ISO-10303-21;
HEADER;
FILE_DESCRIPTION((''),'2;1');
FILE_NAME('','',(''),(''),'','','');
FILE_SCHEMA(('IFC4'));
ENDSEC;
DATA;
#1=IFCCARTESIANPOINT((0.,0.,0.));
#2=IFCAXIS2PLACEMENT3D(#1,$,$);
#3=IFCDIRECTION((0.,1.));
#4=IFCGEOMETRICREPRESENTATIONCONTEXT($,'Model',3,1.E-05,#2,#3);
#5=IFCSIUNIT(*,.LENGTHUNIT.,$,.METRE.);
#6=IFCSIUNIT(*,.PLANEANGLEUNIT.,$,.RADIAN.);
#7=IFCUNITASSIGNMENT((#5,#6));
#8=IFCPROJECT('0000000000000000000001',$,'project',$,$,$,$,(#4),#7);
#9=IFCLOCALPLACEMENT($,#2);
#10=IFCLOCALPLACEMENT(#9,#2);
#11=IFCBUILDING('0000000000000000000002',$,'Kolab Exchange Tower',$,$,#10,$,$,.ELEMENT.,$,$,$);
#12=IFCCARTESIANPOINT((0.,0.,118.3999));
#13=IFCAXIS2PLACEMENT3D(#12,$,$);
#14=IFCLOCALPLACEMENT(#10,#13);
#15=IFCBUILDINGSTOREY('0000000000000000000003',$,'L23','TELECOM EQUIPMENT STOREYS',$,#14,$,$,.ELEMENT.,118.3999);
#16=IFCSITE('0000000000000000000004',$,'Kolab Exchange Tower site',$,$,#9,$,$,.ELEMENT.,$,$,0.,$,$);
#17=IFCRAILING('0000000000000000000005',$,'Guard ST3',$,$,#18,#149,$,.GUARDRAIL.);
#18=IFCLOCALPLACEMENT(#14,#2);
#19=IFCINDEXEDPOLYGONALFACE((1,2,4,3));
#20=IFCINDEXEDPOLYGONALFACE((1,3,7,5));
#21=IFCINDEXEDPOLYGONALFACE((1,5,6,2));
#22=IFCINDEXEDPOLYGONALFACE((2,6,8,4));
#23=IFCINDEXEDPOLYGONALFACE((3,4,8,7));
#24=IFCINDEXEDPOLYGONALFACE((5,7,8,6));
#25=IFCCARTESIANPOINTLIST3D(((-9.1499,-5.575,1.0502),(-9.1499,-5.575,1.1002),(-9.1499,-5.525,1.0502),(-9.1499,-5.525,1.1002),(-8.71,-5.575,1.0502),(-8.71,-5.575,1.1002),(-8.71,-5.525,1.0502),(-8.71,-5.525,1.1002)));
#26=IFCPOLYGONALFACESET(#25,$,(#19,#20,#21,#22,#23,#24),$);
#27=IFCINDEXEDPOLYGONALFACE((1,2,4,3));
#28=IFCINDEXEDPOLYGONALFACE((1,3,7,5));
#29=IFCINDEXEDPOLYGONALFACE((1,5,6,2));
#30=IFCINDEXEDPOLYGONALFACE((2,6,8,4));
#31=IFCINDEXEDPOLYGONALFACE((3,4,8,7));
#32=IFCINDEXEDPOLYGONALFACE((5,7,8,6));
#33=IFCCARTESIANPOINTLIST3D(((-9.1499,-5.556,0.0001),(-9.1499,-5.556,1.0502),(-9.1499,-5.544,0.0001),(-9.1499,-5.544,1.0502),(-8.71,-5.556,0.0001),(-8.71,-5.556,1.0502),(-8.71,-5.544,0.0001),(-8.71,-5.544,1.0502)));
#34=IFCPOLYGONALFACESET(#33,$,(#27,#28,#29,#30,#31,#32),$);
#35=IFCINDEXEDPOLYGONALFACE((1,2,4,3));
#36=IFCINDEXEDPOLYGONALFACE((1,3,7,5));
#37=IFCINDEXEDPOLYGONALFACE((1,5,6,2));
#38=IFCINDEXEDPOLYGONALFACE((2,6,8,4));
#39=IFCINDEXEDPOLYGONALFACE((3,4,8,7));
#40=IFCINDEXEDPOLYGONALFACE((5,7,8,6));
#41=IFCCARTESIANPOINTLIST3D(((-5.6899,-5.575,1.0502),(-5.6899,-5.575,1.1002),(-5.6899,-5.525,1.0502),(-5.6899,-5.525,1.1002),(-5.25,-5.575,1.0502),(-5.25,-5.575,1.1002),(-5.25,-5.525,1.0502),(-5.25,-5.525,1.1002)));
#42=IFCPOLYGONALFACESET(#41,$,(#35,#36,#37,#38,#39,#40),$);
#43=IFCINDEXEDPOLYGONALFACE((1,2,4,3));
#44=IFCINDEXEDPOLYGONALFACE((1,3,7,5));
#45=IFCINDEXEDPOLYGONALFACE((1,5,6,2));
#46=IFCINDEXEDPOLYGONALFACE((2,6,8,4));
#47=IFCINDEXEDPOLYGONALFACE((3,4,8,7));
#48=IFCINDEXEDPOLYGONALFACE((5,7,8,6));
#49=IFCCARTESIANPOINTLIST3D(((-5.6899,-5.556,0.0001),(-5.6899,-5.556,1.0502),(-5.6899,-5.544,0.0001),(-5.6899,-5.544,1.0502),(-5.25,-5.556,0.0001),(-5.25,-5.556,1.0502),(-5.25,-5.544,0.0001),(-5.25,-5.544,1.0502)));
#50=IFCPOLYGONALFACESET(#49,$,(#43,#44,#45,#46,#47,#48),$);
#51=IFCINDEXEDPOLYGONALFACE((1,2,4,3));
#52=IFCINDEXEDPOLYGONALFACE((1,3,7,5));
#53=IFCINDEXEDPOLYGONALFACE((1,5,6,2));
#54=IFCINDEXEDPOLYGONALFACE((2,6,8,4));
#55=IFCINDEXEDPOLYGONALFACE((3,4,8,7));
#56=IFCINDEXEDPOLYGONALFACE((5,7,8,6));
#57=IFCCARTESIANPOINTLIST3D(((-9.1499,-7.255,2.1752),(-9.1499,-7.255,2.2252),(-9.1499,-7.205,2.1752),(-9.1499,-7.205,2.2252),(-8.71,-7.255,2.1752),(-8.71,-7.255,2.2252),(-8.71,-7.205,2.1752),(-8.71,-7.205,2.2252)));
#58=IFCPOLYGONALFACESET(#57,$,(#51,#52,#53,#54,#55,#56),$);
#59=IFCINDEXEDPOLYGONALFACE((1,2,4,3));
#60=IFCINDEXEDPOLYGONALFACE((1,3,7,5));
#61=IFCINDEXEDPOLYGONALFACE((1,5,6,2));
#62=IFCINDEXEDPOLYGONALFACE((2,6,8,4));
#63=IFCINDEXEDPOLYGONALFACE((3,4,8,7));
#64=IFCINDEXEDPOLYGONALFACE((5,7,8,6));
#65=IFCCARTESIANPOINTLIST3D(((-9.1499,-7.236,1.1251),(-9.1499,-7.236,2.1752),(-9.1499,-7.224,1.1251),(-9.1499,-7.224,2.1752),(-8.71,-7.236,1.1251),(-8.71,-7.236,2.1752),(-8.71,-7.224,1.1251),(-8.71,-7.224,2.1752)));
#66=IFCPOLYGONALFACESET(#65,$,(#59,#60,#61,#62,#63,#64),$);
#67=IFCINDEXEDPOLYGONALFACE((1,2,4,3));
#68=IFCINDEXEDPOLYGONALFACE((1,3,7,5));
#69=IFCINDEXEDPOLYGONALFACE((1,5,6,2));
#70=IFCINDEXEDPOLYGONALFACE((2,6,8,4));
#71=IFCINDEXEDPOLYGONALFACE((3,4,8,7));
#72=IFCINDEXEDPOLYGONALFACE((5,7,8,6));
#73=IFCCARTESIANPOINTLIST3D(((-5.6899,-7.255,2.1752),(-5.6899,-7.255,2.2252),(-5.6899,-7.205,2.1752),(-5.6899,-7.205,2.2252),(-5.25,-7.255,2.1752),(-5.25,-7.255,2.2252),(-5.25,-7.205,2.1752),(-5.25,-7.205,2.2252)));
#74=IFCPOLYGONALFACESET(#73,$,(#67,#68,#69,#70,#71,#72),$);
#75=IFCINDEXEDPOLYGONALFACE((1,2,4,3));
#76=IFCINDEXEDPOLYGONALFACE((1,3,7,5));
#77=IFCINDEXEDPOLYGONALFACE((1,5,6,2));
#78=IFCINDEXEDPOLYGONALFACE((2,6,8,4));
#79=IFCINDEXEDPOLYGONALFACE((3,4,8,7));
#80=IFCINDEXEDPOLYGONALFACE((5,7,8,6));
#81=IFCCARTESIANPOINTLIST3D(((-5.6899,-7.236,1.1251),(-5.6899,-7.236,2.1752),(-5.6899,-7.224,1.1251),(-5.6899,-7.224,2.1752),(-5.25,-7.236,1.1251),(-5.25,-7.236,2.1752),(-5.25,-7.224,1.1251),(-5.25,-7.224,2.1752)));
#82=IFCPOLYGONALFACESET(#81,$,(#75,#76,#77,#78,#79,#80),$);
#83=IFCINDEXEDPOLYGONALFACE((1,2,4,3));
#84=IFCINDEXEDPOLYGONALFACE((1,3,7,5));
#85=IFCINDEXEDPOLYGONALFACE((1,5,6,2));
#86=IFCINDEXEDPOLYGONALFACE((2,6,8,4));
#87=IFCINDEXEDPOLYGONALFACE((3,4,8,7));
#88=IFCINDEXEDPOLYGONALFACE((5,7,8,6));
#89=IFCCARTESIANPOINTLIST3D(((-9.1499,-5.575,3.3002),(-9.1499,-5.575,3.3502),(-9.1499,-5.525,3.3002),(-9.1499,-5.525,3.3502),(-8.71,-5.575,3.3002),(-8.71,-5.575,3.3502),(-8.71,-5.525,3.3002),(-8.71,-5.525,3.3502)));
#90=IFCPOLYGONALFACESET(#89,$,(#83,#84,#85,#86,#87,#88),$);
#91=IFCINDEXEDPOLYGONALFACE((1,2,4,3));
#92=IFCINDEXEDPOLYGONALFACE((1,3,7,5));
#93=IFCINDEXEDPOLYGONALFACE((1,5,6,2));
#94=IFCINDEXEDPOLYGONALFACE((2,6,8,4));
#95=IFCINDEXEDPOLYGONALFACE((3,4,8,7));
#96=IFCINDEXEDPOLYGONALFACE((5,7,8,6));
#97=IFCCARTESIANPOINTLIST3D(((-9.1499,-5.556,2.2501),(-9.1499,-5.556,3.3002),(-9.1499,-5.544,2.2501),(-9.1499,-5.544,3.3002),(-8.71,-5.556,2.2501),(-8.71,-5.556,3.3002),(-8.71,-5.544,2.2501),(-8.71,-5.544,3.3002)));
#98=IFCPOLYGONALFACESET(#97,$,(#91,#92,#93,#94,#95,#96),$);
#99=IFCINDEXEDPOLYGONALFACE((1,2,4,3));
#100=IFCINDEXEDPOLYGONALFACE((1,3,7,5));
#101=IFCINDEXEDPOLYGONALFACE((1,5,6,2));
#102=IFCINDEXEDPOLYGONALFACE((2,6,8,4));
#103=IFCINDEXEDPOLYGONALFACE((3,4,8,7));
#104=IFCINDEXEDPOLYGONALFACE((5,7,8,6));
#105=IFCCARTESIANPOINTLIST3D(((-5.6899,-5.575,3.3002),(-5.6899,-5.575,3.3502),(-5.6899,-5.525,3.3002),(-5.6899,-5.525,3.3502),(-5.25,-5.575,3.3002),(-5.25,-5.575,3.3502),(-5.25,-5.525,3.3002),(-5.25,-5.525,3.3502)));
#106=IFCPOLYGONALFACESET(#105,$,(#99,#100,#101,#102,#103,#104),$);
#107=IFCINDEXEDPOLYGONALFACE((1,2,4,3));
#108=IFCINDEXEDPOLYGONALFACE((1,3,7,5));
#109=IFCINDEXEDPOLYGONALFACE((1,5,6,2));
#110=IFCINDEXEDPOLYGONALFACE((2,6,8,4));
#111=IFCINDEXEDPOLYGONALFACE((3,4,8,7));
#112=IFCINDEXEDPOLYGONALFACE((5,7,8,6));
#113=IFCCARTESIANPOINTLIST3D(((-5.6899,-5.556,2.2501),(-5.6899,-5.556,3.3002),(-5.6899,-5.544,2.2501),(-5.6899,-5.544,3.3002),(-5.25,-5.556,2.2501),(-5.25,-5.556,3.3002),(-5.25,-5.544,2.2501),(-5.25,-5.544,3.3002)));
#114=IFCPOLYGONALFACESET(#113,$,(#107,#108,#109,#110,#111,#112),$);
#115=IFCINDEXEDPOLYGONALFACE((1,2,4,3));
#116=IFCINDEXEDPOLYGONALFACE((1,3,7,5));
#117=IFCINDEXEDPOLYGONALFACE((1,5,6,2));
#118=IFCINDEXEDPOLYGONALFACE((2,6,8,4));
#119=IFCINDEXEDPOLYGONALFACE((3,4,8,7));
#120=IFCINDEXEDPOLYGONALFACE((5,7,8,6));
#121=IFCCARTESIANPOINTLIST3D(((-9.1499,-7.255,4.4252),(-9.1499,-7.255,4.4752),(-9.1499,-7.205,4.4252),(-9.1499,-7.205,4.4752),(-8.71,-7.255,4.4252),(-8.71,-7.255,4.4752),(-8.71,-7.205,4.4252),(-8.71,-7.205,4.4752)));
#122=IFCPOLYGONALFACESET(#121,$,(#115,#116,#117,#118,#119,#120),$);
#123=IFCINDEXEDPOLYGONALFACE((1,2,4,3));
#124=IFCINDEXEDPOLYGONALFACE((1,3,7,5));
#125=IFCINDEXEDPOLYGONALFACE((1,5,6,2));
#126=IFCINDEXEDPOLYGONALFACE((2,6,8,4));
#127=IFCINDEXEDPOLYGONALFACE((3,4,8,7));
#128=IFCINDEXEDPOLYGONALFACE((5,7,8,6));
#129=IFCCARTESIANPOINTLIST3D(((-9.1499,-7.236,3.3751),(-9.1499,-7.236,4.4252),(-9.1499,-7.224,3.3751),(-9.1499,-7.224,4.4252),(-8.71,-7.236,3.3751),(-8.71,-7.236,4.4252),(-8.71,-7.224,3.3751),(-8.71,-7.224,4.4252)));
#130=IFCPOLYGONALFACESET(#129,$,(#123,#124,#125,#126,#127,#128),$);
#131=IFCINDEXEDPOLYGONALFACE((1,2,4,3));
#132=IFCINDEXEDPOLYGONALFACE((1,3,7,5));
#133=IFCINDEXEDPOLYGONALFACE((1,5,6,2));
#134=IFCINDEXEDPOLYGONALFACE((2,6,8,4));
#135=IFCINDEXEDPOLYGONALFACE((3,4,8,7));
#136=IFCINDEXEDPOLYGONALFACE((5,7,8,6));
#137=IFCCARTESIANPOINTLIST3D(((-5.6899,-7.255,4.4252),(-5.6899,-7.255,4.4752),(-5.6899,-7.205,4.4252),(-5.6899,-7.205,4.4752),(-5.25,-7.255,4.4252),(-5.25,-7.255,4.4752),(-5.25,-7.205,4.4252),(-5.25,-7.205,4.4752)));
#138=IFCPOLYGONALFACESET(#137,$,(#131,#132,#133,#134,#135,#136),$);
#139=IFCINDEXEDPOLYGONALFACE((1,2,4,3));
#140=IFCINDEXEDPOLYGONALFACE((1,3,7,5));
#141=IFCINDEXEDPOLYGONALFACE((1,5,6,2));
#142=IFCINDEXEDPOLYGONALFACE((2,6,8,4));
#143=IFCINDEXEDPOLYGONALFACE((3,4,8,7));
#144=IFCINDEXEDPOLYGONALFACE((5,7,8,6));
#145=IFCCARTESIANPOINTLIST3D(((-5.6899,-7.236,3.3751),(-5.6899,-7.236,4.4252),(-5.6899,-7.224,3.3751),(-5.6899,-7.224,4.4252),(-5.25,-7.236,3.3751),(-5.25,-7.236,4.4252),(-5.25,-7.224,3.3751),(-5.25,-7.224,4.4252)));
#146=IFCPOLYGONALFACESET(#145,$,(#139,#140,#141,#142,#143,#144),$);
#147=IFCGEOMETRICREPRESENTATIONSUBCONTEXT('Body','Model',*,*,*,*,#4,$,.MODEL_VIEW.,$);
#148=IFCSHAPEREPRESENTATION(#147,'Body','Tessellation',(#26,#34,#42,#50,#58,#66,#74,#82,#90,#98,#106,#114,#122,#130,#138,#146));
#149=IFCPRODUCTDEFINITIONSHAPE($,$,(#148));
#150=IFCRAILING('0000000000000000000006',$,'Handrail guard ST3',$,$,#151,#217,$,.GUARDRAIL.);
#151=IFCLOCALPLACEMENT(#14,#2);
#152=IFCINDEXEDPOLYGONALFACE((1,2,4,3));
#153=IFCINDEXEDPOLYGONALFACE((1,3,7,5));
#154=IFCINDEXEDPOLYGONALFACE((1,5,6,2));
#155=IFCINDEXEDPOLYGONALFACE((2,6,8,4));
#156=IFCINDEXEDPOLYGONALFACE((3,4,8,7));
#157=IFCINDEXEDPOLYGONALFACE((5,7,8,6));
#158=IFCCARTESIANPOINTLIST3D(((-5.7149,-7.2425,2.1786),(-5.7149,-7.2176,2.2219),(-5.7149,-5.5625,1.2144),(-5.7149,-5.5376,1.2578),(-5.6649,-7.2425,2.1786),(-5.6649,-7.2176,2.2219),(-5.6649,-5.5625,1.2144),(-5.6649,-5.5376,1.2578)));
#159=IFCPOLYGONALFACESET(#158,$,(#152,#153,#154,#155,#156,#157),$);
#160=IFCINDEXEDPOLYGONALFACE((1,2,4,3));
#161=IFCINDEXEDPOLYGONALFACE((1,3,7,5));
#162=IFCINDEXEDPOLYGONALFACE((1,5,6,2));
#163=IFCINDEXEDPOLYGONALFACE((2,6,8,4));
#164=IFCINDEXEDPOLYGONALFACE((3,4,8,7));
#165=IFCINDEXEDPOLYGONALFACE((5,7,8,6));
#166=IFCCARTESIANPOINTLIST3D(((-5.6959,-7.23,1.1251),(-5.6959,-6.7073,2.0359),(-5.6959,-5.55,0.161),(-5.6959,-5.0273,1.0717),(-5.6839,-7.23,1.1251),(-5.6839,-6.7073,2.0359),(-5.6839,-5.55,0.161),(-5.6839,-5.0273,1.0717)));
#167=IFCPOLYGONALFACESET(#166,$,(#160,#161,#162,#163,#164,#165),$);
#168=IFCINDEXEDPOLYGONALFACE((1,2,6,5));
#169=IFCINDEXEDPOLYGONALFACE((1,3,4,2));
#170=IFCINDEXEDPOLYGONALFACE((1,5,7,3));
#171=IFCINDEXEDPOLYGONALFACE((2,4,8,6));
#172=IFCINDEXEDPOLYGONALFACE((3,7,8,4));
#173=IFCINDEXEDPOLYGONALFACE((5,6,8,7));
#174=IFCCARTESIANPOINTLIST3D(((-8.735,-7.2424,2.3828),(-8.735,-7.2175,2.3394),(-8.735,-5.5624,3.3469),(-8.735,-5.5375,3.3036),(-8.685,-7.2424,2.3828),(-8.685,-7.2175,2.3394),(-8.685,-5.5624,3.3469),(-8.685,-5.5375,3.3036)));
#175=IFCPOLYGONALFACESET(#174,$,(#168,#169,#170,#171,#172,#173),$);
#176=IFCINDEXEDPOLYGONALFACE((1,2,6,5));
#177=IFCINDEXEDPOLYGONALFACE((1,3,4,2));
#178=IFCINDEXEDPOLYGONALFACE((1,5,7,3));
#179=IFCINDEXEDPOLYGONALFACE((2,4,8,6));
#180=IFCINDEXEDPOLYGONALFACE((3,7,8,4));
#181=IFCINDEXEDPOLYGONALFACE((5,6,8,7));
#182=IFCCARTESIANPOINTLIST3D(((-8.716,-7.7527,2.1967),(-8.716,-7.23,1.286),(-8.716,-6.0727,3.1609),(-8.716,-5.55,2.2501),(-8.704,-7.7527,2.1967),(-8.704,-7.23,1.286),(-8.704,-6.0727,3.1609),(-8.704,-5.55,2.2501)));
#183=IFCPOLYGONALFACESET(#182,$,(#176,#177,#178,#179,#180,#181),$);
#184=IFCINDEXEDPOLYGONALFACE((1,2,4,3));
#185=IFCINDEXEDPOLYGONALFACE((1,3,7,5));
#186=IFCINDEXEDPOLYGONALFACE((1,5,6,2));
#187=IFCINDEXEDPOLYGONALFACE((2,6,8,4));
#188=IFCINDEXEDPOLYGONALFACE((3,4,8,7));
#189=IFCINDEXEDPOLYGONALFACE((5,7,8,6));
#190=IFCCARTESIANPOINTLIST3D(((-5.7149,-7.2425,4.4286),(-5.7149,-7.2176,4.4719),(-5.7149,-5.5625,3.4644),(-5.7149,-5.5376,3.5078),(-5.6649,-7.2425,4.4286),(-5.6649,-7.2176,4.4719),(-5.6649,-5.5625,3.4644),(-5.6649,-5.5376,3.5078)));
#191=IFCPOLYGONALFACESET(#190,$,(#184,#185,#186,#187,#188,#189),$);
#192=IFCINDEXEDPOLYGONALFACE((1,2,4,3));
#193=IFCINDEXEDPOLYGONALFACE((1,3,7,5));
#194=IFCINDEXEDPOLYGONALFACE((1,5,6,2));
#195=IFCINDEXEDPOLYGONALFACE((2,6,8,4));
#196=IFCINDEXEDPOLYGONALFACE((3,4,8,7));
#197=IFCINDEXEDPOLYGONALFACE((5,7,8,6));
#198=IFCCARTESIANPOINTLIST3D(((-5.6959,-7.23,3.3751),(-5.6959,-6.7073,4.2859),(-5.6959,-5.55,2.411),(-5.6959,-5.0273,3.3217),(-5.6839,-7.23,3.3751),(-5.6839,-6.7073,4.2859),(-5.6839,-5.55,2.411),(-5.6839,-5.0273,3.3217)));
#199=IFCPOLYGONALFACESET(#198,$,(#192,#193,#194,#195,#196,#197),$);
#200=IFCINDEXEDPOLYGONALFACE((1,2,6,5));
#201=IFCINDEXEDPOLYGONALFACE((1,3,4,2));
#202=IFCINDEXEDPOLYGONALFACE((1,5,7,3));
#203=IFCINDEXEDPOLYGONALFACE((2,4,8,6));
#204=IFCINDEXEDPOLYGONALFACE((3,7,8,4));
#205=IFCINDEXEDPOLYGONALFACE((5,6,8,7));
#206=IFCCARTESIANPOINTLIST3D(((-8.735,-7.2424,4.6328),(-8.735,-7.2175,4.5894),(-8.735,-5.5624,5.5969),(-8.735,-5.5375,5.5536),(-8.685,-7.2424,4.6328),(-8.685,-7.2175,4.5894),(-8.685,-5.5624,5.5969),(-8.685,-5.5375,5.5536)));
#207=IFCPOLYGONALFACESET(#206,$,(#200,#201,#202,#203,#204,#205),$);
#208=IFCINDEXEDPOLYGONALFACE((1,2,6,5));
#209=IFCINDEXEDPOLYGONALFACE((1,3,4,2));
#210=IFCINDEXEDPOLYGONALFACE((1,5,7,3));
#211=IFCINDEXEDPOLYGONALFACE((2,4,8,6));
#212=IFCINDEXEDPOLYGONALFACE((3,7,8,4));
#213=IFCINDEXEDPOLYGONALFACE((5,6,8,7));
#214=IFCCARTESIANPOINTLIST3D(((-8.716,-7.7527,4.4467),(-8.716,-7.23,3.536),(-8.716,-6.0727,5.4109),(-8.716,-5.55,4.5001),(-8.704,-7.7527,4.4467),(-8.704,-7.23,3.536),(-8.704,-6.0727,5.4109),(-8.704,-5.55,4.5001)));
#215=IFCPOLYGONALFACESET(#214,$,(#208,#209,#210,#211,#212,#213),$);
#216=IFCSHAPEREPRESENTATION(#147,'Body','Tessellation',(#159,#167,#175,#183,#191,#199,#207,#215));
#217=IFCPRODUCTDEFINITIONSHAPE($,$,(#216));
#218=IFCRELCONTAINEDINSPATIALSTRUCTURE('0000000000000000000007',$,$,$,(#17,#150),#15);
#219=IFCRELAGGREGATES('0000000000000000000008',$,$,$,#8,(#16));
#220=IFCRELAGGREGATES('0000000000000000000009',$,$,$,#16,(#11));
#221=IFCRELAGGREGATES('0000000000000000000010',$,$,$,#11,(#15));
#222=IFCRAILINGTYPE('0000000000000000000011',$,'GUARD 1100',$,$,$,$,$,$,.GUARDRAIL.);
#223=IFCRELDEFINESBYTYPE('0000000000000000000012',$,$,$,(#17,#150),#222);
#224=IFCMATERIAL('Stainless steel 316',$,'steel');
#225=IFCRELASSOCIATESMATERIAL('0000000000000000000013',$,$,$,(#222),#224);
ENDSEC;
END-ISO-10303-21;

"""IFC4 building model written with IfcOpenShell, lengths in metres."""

from ifc_helpers import new_model, si_unit, direction, frame, frame_2d, origin, origin_2d, place, context, subcontext, project, spatial, rectangle, extrude, material, type_object, element, save


model = new_model("IFC4")

# Units and contexts
model_context = context("Model", 3, precision=1e-05, world=origin(), true_north=direction((0.0, 1.0)))
body_context = subcontext(model_context, "Body", "Model", "MODEL_VIEW")
ifc_project = project(units=[si_unit("LENGTHUNIT", "METRE"), si_unit("PLANEANGLEUNIT", "RADIAN")], contexts=[model_context])

# Site, building, storey
site_placement = place(None, origin())
site = spatial("IfcSite", under=ifc_project, at=site_placement, Name="Kolab Exchange Tower site", CompositionType="ELEMENT", RefElevation=0.0)
building_placement = place(site_placement, origin())
building = spatial("IfcBuilding", under=site, at=building_placement, Name="Kolab Exchange Tower", CompositionType="ELEMENT")
storey_placement = place(building_placement, frame((0.0, 0.0, 118.3999)))
storey = spatial("IfcBuildingStorey", under=building, at=storey_placement, Name="L23", Description="TELECOM EQUIPMENT STOREYS", CompositionType="ELEMENT", Elevation=118.3999)

# Shared definitions
ifc_material_1 = material(Name="Stainless steel 316", Category="steel")

# Railings
railing_type = type_object("IfcRailingType", Name="GUARD 1100", PredefinedType="GUARDRAIL", material=ifc_material_1)
railing_1_placement = place(storey_placement, frame((-9.1499, -5.55, 0.0)))
element("IfcRailing", 1, at=railing_1_placement, inside=storey, type_object=railing_type, Name="Guard ST3", PredefinedType="GUARDRAIL", context=body_context, shape_type="SweptSolid", body=[
    extrude(rectangle(XDim=0.05, YDim=0.05, at=origin_2d()), frame((0.0, 0.0, 1.0752), z_axis=(1.0, 0.0, 0.0), x_axis=(0.0, 1.0, 0.0)), (0.0, 0.0, 1.0), 0.4399),
    extrude(rectangle(XDim=0.012, YDim=1.0501, at=frame_2d((0.0, 0.5251))), frame((0.0, 0.0, 0.0), z_axis=(1.0, 0.0, 0.0), x_axis=(0.0, 1.0, 0.0)), (0.0, 0.0, 1.0), 0.4399),
    extrude(rectangle(XDim=0.05, YDim=0.05, at=origin_2d()), frame((3.46, 0.0, 1.0752), z_axis=(1.0, 0.0, 0.0), x_axis=(0.0, 1.0, 0.0)), (0.0, 0.0, 1.0), 0.4399),
    extrude(rectangle(XDim=0.012, YDim=1.0501, at=frame_2d((0.0, 0.5251))), frame((3.46, 0.0, 0.0), z_axis=(1.0, 0.0, 0.0), x_axis=(0.0, 1.0, 0.0)), (0.0, 0.0, 1.0), 0.4399),
    extrude(rectangle(XDim=0.05, YDim=0.05, at=origin_2d()), frame((0.0, -1.6799, 2.2002), z_axis=(1.0, 0.0, 0.0), x_axis=(0.0, 1.0, 0.0)), (0.0, 0.0, 1.0), 0.4399),
    extrude(rectangle(XDim=0.012, YDim=1.0501, at=frame_2d((0.0, 0.5251))), frame((0.0, -1.6799, 1.125), z_axis=(1.0, 0.0, 0.0), x_axis=(0.0, 1.0, 0.0)), (0.0, 0.0, 1.0), 0.4399),
    extrude(rectangle(XDim=0.05, YDim=0.05, at=origin_2d()), frame((3.46, -1.6799, 2.2002), z_axis=(1.0, 0.0, 0.0), x_axis=(0.0, 1.0, 0.0)), (0.0, 0.0, 1.0), 0.4399),
    extrude(rectangle(XDim=0.012, YDim=1.0501, at=frame_2d((0.0, 0.5251))), frame((3.46, -1.6799, 1.125), z_axis=(1.0, 0.0, 0.0), x_axis=(0.0, 1.0, 0.0)), (0.0, 0.0, 1.0), 0.4399),
    extrude(rectangle(XDim=0.05, YDim=0.05, at=origin_2d()), frame((0.0, 0.0, 3.3252), z_axis=(1.0, 0.0, 0.0), x_axis=(0.0, 1.0, 0.0)), (0.0, 0.0, 1.0), 0.4399),
    extrude(rectangle(XDim=0.012, YDim=1.0501, at=frame_2d((0.0, 0.5251))), frame((0.0, 0.0, 2.25), z_axis=(1.0, 0.0, 0.0), x_axis=(0.0, 1.0, 0.0)), (0.0, 0.0, 1.0), 0.4399),
    extrude(rectangle(XDim=0.05, YDim=0.05, at=origin_2d()), frame((3.46, 0.0, 3.3252), z_axis=(1.0, 0.0, 0.0), x_axis=(0.0, 1.0, 0.0)), (0.0, 0.0, 1.0), 0.4399),
    extrude(rectangle(XDim=0.012, YDim=1.0501, at=frame_2d((0.0, 0.5251))), frame((3.46, 0.0, 2.25), z_axis=(1.0, 0.0, 0.0), x_axis=(0.0, 1.0, 0.0)), (0.0, 0.0, 1.0), 0.4399),
    extrude(rectangle(XDim=0.05, YDim=0.05, at=origin_2d()), frame((0.0, -1.6799, 4.4502), z_axis=(1.0, 0.0, 0.0), x_axis=(0.0, 1.0, 0.0)), (0.0, 0.0, 1.0), 0.4399),
    extrude(rectangle(XDim=0.012, YDim=1.0501, at=frame_2d((0.0, 0.5251))), frame((0.0, -1.6799, 3.375), z_axis=(1.0, 0.0, 0.0), x_axis=(0.0, 1.0, 0.0)), (0.0, 0.0, 1.0), 0.4399),
    extrude(rectangle(XDim=0.05, YDim=0.05, at=origin_2d()), frame((3.46, -1.6799, 4.4502), z_axis=(1.0, 0.0, 0.0), x_axis=(0.0, 1.0, 0.0)), (0.0, 0.0, 1.0), 0.4399),
    extrude(rectangle(XDim=0.012, YDim=1.0501, at=frame_2d((0.0, 0.5251))), frame((3.46, -1.6799, 3.375), z_axis=(1.0, 0.0, 0.0), x_axis=(0.0, 1.0, 0.0)), (0.0, 0.0, 1.0), 0.4399),
])
railing_2_placement = place(storey_placement, frame((-5.6899, -5.55, 0.1609)))
element("IfcRailing", 2, at=railing_2_placement, inside=storey, type_object=railing_type, Name="Handrail guard ST3", PredefinedType="GUARDRAIL", context=body_context, shape_type="SweptSolid", body=[
    extrude(rectangle(XDim=0.05, YDim=0.05, at=origin_2d()), frame((0.0, 0.0, 1.0752), z_axis=(0.0, -0.867319, 0.497753), x_axis=(1.0, 0.0, 0.0)), (0.0, 0.0, 1.0), 1.937),
    extrude(rectangle(XDim=0.012, YDim=1.0501, at=frame_2d((0.0, 0.5251))), frame((0.0, 0.0, 0.0), z_axis=(0.0, -0.867319, 0.497753), x_axis=(1.0, 0.0, 0.0)), (0.0, 0.0, 1.0), 1.937),
    extrude(rectangle(XDim=0.05, YDim=0.05, at=origin_2d()), frame((-3.02, -1.6799, 2.2002), z_axis=(0.0, 0.867319, 0.497753), x_axis=(-1.0, 0.0, 0.0)), (0.0, 0.0, 1.0), 1.937),
    extrude(rectangle(XDim=0.012, YDim=1.0501, at=frame_2d((0.0, 0.5251))), frame((-3.02, -1.6799, 1.125), z_axis=(0.0, 0.867319, 0.497753), x_axis=(-1.0, 0.0, 0.0)), (0.0, 0.0, 1.0), 1.937),
    extrude(rectangle(XDim=0.05, YDim=0.05, at=origin_2d()), frame((0.0, 0.0, 3.3252), z_axis=(0.0, -0.867319, 0.497753), x_axis=(1.0, 0.0, 0.0)), (0.0, 0.0, 1.0), 1.937),
    extrude(rectangle(XDim=0.012, YDim=1.0501, at=frame_2d((0.0, 0.5251))), frame((0.0, 0.0, 2.25), z_axis=(0.0, -0.867319, 0.497753), x_axis=(1.0, 0.0, 0.0)), (0.0, 0.0, 1.0), 1.937),
    extrude(rectangle(XDim=0.05, YDim=0.05, at=origin_2d()), frame((-3.02, -1.6799, 4.4502), z_axis=(0.0, 0.867319, 0.497753), x_axis=(-1.0, 0.0, 0.0)), (0.0, 0.0, 1.0), 1.937),
    extrude(rectangle(XDim=0.012, YDim=1.0501, at=frame_2d((0.0, 0.5251))), frame((-3.02, -1.6799, 3.375), z_axis=(0.0, 0.867319, 0.497753), x_axis=(-1.0, 0.0, 0.0)), (0.0, 0.0, 1.0), 1.937),
])

save(model, "model.ifc")
